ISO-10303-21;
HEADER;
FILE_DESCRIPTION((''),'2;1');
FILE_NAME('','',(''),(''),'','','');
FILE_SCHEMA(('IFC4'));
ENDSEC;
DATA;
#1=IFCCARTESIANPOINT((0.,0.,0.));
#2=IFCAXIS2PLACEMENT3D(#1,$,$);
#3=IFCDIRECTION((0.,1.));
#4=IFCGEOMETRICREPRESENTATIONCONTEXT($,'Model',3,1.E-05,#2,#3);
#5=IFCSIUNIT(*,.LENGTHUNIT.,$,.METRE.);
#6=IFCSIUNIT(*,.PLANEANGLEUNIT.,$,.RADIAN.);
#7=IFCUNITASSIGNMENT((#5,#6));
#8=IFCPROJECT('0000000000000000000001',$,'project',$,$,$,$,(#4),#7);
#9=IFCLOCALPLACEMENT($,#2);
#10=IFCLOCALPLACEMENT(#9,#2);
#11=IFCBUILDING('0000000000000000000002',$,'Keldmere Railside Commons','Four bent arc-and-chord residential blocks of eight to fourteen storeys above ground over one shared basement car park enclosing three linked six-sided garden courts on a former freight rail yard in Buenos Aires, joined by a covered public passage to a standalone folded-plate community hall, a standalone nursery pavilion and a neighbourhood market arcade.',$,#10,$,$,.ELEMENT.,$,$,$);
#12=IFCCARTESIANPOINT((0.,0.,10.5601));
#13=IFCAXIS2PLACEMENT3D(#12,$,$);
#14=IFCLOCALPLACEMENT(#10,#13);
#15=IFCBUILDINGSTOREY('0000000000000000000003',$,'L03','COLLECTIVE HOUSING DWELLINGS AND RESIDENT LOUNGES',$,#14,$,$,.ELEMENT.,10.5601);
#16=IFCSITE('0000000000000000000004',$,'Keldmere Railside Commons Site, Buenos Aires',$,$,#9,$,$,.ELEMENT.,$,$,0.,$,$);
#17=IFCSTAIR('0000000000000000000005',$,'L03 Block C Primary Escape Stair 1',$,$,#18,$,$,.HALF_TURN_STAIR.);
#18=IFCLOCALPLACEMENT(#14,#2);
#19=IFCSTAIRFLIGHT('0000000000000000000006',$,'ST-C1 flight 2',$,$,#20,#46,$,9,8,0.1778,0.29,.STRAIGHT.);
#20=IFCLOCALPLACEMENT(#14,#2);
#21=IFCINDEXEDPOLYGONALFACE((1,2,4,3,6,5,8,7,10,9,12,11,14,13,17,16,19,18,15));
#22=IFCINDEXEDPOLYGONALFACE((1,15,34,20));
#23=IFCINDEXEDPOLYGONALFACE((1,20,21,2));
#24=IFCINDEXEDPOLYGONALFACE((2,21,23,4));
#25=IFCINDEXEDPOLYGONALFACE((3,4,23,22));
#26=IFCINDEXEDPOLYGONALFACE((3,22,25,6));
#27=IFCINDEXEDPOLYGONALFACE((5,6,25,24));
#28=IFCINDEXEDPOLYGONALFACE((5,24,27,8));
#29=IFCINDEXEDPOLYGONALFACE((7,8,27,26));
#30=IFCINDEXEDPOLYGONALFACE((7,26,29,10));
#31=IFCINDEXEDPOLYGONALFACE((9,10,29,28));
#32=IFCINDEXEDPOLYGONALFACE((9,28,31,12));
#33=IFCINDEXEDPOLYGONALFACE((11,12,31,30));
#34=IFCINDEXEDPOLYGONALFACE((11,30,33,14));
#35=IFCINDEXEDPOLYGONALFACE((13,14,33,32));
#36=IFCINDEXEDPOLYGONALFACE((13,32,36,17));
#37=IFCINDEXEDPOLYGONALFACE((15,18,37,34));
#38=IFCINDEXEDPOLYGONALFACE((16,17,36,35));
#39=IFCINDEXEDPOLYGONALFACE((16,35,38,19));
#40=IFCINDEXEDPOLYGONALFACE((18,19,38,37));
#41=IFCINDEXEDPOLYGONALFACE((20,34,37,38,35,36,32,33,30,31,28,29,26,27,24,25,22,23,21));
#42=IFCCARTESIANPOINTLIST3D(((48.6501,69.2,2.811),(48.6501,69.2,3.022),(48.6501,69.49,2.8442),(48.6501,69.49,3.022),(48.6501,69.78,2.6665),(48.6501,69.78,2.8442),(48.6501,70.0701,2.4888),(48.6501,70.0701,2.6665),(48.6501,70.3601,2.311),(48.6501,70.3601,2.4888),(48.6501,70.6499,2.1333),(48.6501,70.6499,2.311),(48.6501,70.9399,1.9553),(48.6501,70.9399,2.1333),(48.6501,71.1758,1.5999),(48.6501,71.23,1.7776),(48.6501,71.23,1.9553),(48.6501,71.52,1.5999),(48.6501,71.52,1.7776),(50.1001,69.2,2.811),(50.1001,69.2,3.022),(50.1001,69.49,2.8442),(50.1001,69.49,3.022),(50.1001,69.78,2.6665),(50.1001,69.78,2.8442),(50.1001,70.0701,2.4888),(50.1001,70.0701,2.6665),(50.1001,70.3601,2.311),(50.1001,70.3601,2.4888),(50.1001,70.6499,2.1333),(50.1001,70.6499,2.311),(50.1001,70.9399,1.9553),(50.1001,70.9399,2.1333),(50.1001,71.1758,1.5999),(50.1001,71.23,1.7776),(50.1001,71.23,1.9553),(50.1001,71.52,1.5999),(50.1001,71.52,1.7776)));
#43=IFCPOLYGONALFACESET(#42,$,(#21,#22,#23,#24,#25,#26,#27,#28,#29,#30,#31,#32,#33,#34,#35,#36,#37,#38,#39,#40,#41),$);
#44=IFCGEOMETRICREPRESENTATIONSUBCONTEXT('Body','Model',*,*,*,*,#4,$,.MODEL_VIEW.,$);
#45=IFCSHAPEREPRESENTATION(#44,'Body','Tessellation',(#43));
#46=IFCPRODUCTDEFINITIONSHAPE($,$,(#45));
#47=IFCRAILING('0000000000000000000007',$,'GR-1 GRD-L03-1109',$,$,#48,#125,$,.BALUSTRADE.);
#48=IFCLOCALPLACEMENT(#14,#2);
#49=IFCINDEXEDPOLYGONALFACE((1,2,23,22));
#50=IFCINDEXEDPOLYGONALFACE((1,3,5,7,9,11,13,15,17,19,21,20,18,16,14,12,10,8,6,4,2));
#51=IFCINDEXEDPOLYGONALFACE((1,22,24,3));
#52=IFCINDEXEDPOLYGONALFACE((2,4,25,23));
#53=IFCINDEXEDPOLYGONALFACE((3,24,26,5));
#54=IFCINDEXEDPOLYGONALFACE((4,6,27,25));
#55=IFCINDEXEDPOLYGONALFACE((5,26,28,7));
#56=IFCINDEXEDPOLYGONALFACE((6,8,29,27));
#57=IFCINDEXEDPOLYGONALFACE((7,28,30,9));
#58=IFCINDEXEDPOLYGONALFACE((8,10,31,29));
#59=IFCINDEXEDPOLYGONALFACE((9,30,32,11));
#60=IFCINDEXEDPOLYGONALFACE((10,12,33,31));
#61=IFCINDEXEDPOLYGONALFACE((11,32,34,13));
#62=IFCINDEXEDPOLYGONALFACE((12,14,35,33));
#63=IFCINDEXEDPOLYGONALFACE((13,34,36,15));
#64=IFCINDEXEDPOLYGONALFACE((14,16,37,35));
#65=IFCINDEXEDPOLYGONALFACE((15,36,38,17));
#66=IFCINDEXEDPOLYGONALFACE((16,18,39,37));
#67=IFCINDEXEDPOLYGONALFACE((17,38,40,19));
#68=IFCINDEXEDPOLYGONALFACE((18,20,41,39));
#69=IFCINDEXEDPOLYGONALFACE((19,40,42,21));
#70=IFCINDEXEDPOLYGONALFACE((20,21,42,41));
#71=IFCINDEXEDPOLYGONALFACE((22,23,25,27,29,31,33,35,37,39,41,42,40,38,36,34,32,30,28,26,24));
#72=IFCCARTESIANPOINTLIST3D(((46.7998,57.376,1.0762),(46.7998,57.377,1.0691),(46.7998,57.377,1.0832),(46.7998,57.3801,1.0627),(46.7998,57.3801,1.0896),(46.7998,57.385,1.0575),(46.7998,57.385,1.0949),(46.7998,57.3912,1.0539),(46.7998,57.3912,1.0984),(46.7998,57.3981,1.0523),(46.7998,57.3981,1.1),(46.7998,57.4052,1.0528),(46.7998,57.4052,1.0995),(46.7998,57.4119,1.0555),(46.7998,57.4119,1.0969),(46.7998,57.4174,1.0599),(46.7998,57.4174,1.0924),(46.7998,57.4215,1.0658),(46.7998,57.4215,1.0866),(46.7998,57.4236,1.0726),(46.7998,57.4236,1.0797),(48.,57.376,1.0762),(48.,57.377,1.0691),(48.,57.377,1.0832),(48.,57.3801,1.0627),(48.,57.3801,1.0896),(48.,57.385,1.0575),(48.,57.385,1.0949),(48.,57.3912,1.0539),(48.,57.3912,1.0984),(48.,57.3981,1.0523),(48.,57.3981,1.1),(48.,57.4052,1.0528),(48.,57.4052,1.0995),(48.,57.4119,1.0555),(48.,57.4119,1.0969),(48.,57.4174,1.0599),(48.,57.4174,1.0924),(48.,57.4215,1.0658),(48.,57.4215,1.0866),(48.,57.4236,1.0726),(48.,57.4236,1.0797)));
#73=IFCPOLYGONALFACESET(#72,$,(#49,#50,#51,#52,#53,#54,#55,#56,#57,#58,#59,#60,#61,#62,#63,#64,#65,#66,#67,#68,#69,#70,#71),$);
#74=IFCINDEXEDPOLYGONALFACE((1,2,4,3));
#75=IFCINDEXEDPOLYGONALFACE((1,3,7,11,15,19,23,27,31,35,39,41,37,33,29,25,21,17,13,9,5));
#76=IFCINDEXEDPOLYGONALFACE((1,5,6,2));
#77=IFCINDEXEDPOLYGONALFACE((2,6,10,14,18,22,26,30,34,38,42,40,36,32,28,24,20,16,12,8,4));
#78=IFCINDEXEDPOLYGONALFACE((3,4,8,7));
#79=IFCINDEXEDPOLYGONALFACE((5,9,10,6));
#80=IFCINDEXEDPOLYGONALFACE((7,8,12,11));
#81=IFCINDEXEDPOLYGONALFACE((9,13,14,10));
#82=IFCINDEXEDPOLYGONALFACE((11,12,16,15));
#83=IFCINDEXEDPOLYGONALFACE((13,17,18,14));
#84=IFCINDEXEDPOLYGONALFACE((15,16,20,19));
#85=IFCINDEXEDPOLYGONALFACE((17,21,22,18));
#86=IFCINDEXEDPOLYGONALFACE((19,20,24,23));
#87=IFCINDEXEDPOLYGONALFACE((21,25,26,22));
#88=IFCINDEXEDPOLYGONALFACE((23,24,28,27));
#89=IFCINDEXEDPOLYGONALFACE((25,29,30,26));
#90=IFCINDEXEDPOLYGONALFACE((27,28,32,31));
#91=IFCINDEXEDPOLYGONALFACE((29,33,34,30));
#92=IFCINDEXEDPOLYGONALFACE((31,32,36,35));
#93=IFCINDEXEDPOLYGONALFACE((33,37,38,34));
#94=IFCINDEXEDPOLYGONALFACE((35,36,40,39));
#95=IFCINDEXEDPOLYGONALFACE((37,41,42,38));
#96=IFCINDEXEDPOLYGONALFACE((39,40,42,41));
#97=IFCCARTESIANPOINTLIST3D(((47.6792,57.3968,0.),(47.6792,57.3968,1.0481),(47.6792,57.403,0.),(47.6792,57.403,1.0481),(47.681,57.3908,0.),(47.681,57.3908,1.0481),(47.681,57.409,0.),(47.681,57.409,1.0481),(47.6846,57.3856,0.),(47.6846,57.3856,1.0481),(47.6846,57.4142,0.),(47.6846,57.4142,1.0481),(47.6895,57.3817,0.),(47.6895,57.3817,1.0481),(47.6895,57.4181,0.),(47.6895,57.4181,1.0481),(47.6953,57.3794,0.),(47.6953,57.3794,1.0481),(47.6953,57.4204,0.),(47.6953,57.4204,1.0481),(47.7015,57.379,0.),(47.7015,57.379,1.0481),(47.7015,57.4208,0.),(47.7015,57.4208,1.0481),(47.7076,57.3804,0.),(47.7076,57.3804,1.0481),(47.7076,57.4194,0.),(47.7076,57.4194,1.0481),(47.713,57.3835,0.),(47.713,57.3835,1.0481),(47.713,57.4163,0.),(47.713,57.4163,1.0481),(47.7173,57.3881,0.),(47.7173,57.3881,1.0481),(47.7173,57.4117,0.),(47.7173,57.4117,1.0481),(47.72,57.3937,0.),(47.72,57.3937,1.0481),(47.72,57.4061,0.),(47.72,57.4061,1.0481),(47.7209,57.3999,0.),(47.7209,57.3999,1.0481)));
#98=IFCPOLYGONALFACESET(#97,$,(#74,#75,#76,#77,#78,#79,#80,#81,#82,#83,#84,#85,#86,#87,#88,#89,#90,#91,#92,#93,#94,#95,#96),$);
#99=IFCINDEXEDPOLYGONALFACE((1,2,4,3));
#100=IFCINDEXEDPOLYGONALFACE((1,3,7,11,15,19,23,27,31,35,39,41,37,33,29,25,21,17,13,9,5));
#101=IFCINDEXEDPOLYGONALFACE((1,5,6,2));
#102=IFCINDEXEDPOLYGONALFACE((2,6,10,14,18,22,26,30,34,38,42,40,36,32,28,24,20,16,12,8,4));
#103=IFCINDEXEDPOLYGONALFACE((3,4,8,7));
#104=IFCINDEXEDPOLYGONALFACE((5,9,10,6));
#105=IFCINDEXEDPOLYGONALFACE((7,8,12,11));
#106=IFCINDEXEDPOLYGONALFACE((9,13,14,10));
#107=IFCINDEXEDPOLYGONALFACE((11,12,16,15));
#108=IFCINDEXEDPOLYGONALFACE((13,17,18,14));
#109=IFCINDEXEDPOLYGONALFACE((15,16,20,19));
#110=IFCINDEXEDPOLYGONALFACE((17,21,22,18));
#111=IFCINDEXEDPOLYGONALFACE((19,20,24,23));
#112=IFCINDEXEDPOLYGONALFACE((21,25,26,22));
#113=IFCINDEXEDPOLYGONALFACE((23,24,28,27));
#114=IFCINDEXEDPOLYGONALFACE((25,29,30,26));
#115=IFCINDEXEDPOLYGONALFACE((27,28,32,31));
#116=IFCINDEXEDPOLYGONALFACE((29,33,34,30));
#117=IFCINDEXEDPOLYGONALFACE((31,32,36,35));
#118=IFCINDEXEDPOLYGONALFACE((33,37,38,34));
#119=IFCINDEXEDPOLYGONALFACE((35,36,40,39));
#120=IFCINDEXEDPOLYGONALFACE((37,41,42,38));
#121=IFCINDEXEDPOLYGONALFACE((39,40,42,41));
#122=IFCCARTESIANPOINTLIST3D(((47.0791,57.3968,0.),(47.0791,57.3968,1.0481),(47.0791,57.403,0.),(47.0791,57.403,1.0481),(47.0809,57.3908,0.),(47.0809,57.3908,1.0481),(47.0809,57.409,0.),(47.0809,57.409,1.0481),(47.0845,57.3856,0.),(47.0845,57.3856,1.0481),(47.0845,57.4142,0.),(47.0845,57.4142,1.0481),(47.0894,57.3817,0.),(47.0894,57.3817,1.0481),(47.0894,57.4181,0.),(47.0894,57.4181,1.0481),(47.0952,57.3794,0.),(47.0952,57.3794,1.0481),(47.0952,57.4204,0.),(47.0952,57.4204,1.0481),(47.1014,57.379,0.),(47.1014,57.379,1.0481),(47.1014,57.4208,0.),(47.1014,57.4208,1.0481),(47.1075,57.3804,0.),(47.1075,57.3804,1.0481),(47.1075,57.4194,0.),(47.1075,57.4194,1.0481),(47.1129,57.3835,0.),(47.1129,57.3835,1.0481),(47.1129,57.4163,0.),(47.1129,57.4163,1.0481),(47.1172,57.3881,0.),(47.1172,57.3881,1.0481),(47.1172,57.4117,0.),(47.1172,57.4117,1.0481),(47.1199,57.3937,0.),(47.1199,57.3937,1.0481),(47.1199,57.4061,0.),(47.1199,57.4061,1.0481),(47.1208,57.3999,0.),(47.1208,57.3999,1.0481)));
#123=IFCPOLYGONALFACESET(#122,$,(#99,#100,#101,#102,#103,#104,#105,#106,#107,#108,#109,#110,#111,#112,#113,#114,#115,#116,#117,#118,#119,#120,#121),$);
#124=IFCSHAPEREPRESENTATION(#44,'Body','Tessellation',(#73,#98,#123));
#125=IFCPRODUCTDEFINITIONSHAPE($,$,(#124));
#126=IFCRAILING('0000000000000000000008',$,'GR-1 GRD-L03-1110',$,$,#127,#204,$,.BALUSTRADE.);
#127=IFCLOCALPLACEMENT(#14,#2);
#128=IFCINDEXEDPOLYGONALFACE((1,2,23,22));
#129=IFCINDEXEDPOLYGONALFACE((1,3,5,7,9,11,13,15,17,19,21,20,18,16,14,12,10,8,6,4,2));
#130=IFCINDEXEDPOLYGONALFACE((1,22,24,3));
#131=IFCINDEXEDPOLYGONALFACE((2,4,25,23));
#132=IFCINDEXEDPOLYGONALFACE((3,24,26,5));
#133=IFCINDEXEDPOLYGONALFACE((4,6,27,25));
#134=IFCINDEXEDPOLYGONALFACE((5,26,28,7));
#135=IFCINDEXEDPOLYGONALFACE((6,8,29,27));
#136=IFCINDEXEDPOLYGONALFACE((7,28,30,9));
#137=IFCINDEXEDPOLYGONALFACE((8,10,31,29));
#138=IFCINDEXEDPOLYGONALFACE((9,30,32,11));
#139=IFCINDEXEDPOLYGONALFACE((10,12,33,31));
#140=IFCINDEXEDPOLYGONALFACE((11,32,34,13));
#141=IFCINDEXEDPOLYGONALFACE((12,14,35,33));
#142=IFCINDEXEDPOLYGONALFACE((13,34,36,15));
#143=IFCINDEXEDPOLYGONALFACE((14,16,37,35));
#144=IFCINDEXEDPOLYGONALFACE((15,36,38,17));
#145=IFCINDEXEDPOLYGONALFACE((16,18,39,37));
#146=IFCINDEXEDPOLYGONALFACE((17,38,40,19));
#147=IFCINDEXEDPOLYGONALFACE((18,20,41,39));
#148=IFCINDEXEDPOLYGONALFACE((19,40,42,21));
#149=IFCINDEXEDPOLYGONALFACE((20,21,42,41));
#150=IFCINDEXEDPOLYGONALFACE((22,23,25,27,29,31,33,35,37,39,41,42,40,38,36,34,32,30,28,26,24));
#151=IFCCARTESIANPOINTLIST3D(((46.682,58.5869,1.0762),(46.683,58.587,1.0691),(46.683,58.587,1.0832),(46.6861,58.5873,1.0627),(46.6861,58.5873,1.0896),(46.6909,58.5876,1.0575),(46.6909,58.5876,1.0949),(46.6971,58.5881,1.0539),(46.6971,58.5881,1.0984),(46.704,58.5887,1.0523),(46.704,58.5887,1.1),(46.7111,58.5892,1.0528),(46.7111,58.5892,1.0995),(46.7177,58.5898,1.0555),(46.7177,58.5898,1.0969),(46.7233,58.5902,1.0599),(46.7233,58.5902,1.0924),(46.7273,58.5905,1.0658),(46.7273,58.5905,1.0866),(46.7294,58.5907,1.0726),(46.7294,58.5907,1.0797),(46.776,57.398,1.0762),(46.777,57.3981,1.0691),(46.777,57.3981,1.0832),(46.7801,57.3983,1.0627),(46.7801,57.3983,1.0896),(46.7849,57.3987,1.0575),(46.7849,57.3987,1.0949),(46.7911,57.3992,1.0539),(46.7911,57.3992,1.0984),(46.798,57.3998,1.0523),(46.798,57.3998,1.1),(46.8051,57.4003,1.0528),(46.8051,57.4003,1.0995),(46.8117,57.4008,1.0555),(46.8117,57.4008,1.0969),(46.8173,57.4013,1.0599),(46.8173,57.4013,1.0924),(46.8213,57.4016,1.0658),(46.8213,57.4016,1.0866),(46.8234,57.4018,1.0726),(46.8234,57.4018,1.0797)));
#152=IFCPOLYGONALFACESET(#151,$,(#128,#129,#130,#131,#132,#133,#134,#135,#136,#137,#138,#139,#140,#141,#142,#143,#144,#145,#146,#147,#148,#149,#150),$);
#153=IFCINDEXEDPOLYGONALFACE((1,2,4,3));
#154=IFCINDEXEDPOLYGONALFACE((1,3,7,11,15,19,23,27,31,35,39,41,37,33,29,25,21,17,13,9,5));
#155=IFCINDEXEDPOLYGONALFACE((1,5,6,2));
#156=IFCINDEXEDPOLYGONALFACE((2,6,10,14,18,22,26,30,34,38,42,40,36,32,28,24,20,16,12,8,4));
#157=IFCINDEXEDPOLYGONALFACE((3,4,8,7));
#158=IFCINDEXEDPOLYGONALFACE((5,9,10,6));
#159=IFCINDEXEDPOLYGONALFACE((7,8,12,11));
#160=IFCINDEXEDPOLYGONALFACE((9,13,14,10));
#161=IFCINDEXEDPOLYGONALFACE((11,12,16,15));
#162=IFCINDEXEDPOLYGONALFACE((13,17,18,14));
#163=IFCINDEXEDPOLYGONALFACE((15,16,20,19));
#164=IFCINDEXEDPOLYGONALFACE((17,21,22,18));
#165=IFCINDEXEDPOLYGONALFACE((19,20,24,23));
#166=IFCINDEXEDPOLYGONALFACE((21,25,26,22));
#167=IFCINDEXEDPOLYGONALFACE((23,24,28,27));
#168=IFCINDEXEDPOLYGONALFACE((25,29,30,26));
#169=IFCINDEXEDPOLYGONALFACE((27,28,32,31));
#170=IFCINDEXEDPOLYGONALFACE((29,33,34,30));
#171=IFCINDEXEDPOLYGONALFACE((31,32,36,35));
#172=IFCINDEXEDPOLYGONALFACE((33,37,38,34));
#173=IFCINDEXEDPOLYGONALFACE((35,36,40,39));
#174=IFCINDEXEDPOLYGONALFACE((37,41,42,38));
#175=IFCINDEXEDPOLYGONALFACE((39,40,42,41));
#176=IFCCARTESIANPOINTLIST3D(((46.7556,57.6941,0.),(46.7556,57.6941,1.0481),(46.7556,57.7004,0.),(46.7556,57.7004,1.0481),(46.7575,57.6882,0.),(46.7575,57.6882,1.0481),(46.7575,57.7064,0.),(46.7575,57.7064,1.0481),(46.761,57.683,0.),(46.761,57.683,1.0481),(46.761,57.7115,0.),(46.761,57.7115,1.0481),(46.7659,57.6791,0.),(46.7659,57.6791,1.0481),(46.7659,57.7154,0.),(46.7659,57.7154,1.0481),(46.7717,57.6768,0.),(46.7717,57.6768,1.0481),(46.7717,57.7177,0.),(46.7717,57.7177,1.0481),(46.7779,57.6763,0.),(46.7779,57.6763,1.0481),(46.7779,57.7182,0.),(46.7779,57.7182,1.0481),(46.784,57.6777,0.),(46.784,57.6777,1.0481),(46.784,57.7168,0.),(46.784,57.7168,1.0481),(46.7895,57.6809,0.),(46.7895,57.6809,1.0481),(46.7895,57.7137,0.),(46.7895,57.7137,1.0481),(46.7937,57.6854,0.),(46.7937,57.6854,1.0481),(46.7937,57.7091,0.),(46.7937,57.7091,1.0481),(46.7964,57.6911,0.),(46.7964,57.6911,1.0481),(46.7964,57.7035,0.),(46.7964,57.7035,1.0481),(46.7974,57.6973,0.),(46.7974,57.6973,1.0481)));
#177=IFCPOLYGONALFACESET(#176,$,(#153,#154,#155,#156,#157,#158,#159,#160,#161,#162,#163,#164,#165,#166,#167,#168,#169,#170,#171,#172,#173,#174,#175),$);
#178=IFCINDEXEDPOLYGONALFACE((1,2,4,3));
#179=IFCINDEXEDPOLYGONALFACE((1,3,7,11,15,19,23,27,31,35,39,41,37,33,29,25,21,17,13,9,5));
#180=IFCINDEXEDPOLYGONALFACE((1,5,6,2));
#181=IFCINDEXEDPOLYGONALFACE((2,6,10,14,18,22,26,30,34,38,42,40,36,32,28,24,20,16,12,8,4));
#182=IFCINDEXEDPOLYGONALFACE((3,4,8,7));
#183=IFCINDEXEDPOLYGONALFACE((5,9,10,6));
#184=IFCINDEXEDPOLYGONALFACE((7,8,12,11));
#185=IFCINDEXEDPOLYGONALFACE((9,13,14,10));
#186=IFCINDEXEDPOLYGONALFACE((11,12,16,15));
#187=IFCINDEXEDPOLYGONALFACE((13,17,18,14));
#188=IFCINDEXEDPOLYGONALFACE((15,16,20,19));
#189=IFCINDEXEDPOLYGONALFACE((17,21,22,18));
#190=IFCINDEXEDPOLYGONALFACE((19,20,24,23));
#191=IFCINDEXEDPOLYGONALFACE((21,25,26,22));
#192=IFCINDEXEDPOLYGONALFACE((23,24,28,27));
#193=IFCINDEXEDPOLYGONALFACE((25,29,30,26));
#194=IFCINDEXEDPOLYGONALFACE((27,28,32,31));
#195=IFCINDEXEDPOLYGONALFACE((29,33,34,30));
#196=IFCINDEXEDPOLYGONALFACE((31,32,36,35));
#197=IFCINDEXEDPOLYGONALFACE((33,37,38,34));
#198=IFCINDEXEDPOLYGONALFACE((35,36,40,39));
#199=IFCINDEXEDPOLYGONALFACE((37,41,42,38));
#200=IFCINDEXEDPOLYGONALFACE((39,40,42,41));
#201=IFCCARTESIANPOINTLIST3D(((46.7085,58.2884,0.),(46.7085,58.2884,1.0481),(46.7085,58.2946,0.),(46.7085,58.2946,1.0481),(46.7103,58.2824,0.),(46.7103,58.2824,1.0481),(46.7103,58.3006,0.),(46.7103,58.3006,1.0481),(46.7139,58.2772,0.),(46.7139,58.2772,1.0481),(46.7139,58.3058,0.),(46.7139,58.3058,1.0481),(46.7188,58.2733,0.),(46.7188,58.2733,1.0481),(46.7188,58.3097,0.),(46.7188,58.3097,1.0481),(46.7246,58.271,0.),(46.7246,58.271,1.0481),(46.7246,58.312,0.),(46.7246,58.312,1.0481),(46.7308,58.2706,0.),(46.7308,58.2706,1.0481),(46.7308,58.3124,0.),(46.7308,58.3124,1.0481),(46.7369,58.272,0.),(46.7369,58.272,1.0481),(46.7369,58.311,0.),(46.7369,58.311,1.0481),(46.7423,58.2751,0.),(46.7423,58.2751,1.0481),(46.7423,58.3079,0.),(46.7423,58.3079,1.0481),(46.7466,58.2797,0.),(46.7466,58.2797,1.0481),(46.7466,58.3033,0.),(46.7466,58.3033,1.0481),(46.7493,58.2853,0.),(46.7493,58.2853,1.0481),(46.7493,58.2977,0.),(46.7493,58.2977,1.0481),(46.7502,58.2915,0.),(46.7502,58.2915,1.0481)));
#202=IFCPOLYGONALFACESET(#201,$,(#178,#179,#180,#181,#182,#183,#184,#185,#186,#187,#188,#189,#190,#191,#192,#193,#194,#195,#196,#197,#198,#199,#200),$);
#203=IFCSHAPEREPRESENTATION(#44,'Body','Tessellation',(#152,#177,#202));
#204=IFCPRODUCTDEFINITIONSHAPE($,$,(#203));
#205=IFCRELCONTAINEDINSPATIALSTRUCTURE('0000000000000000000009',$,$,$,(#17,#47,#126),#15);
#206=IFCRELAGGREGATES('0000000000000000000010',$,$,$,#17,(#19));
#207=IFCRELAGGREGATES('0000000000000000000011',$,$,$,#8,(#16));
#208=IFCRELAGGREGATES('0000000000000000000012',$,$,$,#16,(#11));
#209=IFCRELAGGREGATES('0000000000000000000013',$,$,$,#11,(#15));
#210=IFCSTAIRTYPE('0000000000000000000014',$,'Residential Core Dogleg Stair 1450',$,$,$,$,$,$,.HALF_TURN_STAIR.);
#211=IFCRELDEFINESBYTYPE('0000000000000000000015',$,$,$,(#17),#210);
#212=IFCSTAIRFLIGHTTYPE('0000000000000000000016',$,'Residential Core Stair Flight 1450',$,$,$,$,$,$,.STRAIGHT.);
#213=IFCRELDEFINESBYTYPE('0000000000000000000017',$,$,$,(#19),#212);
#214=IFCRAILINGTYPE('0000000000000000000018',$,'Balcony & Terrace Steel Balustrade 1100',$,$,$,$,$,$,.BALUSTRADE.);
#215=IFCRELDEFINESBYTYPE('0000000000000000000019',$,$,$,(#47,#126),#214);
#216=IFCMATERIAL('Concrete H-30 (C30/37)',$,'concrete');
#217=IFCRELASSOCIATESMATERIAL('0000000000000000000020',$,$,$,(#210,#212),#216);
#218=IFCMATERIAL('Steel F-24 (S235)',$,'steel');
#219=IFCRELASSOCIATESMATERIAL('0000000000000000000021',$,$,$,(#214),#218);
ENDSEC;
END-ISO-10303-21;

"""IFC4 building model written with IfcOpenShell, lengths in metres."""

from ifc_helpers import new_model, si_unit, direction, frame, origin, origin_2d, place, context, subcontext, project, spatial, polyline, circle, outline, extrude, material, type_object, element, aggregate, save


model = new_model("IFC4")

# Units and contexts
model_context = context("Model", 3, precision=1e-05, world=origin(), true_north=direction((0.0, 1.0)))
body_context = subcontext(model_context, "Body", "Model", "MODEL_VIEW")
ifc_project = project(units=[si_unit("LENGTHUNIT", "METRE"), si_unit("PLANEANGLEUNIT", "RADIAN")], contexts=[model_context])

# Site, building, storey
site_placement = place(None, origin())
site = spatial("IfcSite", under=ifc_project, at=site_placement, Name="Keldmere Railside Commons Site, Buenos Aires", CompositionType="ELEMENT", RefElevation=0.0)
building_placement = place(site_placement, origin())
building = spatial("IfcBuilding", under=site, at=building_placement, Name="Keldmere Railside Commons", Description="Four bent arc-and-chord residential blocks of eight to fourteen storeys above ground over one shared basement car park enclosing three linked six-sided garden courts on a former freight rail yard in Buenos Aires, joined by a covered public passage to a standalone folded-plate community hall, a standalone nursery pavilion and a neighbourhood market arcade.", CompositionType="ELEMENT")
storey_placement = place(building_placement, frame((0.0, 0.0, 10.5601)))
storey = spatial("IfcBuildingStorey", under=building, at=storey_placement, Name="L03", Description="COLLECTIVE HOUSING DWELLINGS AND RESIDENT LOUNGES", CompositionType="ELEMENT", Elevation=10.5601)

# Shared definitions
ifc_material_1 = material(Name="Concrete H-30 (C30/37)", Category="concrete")

# Stair, stair flight
stair_type = type_object("IfcStairType", Name="Residential Core Dogleg Stair 1450", PredefinedType="HALF_TURN_STAIR", material=ifc_material_1)
stair_placement = place(storey_placement, origin())
stair = element("IfcStair", 1, at=stair_placement, inside=storey, type_object=stair_type, Name="L03 Block C Primary Escape Stair 1", PredefinedType="HALF_TURN_STAIR")
stair_flight_type = type_object("IfcStairFlightType", Name="Residential Core Stair Flight 1450", PredefinedType="STRAIGHT", material=ifc_material_1)
stair_flight_1_placement = place(storey_placement, frame((49.375, 71.52, 1.5999), z_axis=(0.0, 0.0, 1.0), x_axis=(0.0, -1.0, 0.0)))
stair_flight_1 = element("IfcStairFlight", 2, at=stair_flight_1_placement, type_object=stair_flight_type, Name="ST-C1 flight 2", NumberOfRisers=9, NumberOfTreads=8, PredefinedType="STRAIGHT", RiserHeight=0.1778, TreadLength=0.29, context=body_context, shape_type="SweptSolid", body=[
    extrude(outline(polyline([(0.0, 0.0), (0.0, 0.1777), (0.29, 0.1777), (0.29, 0.3555), (0.5801, 0.3555), (0.5801, 0.5334), (0.8701, 0.5334), (0.8701, 0.7112), (1.1599, 0.7112), (1.1599, 0.8889), (1.45, 0.8889), (1.45, 1.0667), (1.74, 1.0667), (1.74, 1.2444), (2.03, 1.2444), (2.03, 1.4221), (2.3201, 1.4221), (2.3201, 1.6001), (2.3201, 1.2112), (0.3442, 0.0), (0.0, 0.0)])), frame((0.0, 0.7251, 0.0), z_axis=(0.0, -1.0, 0.0), x_axis=(1.0, 0.0, 0.0)), (0.0, 0.0, 1.0), 1.45),
])
aggregate(stair, [stair_flight_1])

# Railings
ifc_material_2 = material(Name="Steel F-24 (S235)", Category="steel")
railing_type_1 = type_object("IfcRailingType", Name="Balcony & Terrace Steel Balustrade 1100", PredefinedType="BALUSTRADE", material=ifc_material_2)
railing_1_placement = place(storey_placement, frame((48.0, 57.3999, 0.0)))
element("IfcRailing", 3, at=railing_1_placement, inside=storey, type_object=railing_type_1, Name="GR-1 GRD-L03-1109", PredefinedType="BALUSTRADE", context=body_context, shape_type="SweptSolid", body=[
    extrude(circle(Radius=0.0239, at=origin_2d()), frame((0.0, 0.0, 1.0762), z_axis=(-1.0, 0.0, 0.0), x_axis=(0.0, -1.0, 0.0)), (0.0, 0.0, 1.0), 1.2002),
    extrude(circle(Radius=0.021, at=origin_2d()), frame((-0.3, 0.0, 0.0)), (0.0, 0.0, 1.0), 1.0481),
    extrude(circle(Radius=0.021, at=origin_2d()), frame((-0.9001, 0.0, 0.0)), (0.0, 0.0, 1.0), 1.0481),
])
railing_2_placement = place(storey_placement, frame((46.7998, 57.3999, 0.0)))
element("IfcRailing", 4, at=railing_2_placement, inside=storey, type_object=railing_type_1, Name="GR-1 GRD-L03-1110", PredefinedType="BALUSTRADE", context=body_context, shape_type="SweptSolid", body=[
    extrude(circle(Radius=0.0239, at=origin_2d()), frame((0.0, 0.0, 1.0762), z_axis=(-0.07881, 0.99689, 0.0), x_axis=(-0.99689, -0.07881, 0.0)), (0.0, 0.0, 1.0), 1.1926),
    extrude(circle(Radius=0.021, at=origin_2d()), frame((-0.0234, 0.2974, 0.0)), (0.0, 0.0, 1.0), 1.0481),
    extrude(circle(Radius=0.021, at=origin_2d()), frame((-0.0706, 0.8916, 0.0)), (0.0, 0.0, 1.0), 1.0481),
])

save(model, "model.ifc")
